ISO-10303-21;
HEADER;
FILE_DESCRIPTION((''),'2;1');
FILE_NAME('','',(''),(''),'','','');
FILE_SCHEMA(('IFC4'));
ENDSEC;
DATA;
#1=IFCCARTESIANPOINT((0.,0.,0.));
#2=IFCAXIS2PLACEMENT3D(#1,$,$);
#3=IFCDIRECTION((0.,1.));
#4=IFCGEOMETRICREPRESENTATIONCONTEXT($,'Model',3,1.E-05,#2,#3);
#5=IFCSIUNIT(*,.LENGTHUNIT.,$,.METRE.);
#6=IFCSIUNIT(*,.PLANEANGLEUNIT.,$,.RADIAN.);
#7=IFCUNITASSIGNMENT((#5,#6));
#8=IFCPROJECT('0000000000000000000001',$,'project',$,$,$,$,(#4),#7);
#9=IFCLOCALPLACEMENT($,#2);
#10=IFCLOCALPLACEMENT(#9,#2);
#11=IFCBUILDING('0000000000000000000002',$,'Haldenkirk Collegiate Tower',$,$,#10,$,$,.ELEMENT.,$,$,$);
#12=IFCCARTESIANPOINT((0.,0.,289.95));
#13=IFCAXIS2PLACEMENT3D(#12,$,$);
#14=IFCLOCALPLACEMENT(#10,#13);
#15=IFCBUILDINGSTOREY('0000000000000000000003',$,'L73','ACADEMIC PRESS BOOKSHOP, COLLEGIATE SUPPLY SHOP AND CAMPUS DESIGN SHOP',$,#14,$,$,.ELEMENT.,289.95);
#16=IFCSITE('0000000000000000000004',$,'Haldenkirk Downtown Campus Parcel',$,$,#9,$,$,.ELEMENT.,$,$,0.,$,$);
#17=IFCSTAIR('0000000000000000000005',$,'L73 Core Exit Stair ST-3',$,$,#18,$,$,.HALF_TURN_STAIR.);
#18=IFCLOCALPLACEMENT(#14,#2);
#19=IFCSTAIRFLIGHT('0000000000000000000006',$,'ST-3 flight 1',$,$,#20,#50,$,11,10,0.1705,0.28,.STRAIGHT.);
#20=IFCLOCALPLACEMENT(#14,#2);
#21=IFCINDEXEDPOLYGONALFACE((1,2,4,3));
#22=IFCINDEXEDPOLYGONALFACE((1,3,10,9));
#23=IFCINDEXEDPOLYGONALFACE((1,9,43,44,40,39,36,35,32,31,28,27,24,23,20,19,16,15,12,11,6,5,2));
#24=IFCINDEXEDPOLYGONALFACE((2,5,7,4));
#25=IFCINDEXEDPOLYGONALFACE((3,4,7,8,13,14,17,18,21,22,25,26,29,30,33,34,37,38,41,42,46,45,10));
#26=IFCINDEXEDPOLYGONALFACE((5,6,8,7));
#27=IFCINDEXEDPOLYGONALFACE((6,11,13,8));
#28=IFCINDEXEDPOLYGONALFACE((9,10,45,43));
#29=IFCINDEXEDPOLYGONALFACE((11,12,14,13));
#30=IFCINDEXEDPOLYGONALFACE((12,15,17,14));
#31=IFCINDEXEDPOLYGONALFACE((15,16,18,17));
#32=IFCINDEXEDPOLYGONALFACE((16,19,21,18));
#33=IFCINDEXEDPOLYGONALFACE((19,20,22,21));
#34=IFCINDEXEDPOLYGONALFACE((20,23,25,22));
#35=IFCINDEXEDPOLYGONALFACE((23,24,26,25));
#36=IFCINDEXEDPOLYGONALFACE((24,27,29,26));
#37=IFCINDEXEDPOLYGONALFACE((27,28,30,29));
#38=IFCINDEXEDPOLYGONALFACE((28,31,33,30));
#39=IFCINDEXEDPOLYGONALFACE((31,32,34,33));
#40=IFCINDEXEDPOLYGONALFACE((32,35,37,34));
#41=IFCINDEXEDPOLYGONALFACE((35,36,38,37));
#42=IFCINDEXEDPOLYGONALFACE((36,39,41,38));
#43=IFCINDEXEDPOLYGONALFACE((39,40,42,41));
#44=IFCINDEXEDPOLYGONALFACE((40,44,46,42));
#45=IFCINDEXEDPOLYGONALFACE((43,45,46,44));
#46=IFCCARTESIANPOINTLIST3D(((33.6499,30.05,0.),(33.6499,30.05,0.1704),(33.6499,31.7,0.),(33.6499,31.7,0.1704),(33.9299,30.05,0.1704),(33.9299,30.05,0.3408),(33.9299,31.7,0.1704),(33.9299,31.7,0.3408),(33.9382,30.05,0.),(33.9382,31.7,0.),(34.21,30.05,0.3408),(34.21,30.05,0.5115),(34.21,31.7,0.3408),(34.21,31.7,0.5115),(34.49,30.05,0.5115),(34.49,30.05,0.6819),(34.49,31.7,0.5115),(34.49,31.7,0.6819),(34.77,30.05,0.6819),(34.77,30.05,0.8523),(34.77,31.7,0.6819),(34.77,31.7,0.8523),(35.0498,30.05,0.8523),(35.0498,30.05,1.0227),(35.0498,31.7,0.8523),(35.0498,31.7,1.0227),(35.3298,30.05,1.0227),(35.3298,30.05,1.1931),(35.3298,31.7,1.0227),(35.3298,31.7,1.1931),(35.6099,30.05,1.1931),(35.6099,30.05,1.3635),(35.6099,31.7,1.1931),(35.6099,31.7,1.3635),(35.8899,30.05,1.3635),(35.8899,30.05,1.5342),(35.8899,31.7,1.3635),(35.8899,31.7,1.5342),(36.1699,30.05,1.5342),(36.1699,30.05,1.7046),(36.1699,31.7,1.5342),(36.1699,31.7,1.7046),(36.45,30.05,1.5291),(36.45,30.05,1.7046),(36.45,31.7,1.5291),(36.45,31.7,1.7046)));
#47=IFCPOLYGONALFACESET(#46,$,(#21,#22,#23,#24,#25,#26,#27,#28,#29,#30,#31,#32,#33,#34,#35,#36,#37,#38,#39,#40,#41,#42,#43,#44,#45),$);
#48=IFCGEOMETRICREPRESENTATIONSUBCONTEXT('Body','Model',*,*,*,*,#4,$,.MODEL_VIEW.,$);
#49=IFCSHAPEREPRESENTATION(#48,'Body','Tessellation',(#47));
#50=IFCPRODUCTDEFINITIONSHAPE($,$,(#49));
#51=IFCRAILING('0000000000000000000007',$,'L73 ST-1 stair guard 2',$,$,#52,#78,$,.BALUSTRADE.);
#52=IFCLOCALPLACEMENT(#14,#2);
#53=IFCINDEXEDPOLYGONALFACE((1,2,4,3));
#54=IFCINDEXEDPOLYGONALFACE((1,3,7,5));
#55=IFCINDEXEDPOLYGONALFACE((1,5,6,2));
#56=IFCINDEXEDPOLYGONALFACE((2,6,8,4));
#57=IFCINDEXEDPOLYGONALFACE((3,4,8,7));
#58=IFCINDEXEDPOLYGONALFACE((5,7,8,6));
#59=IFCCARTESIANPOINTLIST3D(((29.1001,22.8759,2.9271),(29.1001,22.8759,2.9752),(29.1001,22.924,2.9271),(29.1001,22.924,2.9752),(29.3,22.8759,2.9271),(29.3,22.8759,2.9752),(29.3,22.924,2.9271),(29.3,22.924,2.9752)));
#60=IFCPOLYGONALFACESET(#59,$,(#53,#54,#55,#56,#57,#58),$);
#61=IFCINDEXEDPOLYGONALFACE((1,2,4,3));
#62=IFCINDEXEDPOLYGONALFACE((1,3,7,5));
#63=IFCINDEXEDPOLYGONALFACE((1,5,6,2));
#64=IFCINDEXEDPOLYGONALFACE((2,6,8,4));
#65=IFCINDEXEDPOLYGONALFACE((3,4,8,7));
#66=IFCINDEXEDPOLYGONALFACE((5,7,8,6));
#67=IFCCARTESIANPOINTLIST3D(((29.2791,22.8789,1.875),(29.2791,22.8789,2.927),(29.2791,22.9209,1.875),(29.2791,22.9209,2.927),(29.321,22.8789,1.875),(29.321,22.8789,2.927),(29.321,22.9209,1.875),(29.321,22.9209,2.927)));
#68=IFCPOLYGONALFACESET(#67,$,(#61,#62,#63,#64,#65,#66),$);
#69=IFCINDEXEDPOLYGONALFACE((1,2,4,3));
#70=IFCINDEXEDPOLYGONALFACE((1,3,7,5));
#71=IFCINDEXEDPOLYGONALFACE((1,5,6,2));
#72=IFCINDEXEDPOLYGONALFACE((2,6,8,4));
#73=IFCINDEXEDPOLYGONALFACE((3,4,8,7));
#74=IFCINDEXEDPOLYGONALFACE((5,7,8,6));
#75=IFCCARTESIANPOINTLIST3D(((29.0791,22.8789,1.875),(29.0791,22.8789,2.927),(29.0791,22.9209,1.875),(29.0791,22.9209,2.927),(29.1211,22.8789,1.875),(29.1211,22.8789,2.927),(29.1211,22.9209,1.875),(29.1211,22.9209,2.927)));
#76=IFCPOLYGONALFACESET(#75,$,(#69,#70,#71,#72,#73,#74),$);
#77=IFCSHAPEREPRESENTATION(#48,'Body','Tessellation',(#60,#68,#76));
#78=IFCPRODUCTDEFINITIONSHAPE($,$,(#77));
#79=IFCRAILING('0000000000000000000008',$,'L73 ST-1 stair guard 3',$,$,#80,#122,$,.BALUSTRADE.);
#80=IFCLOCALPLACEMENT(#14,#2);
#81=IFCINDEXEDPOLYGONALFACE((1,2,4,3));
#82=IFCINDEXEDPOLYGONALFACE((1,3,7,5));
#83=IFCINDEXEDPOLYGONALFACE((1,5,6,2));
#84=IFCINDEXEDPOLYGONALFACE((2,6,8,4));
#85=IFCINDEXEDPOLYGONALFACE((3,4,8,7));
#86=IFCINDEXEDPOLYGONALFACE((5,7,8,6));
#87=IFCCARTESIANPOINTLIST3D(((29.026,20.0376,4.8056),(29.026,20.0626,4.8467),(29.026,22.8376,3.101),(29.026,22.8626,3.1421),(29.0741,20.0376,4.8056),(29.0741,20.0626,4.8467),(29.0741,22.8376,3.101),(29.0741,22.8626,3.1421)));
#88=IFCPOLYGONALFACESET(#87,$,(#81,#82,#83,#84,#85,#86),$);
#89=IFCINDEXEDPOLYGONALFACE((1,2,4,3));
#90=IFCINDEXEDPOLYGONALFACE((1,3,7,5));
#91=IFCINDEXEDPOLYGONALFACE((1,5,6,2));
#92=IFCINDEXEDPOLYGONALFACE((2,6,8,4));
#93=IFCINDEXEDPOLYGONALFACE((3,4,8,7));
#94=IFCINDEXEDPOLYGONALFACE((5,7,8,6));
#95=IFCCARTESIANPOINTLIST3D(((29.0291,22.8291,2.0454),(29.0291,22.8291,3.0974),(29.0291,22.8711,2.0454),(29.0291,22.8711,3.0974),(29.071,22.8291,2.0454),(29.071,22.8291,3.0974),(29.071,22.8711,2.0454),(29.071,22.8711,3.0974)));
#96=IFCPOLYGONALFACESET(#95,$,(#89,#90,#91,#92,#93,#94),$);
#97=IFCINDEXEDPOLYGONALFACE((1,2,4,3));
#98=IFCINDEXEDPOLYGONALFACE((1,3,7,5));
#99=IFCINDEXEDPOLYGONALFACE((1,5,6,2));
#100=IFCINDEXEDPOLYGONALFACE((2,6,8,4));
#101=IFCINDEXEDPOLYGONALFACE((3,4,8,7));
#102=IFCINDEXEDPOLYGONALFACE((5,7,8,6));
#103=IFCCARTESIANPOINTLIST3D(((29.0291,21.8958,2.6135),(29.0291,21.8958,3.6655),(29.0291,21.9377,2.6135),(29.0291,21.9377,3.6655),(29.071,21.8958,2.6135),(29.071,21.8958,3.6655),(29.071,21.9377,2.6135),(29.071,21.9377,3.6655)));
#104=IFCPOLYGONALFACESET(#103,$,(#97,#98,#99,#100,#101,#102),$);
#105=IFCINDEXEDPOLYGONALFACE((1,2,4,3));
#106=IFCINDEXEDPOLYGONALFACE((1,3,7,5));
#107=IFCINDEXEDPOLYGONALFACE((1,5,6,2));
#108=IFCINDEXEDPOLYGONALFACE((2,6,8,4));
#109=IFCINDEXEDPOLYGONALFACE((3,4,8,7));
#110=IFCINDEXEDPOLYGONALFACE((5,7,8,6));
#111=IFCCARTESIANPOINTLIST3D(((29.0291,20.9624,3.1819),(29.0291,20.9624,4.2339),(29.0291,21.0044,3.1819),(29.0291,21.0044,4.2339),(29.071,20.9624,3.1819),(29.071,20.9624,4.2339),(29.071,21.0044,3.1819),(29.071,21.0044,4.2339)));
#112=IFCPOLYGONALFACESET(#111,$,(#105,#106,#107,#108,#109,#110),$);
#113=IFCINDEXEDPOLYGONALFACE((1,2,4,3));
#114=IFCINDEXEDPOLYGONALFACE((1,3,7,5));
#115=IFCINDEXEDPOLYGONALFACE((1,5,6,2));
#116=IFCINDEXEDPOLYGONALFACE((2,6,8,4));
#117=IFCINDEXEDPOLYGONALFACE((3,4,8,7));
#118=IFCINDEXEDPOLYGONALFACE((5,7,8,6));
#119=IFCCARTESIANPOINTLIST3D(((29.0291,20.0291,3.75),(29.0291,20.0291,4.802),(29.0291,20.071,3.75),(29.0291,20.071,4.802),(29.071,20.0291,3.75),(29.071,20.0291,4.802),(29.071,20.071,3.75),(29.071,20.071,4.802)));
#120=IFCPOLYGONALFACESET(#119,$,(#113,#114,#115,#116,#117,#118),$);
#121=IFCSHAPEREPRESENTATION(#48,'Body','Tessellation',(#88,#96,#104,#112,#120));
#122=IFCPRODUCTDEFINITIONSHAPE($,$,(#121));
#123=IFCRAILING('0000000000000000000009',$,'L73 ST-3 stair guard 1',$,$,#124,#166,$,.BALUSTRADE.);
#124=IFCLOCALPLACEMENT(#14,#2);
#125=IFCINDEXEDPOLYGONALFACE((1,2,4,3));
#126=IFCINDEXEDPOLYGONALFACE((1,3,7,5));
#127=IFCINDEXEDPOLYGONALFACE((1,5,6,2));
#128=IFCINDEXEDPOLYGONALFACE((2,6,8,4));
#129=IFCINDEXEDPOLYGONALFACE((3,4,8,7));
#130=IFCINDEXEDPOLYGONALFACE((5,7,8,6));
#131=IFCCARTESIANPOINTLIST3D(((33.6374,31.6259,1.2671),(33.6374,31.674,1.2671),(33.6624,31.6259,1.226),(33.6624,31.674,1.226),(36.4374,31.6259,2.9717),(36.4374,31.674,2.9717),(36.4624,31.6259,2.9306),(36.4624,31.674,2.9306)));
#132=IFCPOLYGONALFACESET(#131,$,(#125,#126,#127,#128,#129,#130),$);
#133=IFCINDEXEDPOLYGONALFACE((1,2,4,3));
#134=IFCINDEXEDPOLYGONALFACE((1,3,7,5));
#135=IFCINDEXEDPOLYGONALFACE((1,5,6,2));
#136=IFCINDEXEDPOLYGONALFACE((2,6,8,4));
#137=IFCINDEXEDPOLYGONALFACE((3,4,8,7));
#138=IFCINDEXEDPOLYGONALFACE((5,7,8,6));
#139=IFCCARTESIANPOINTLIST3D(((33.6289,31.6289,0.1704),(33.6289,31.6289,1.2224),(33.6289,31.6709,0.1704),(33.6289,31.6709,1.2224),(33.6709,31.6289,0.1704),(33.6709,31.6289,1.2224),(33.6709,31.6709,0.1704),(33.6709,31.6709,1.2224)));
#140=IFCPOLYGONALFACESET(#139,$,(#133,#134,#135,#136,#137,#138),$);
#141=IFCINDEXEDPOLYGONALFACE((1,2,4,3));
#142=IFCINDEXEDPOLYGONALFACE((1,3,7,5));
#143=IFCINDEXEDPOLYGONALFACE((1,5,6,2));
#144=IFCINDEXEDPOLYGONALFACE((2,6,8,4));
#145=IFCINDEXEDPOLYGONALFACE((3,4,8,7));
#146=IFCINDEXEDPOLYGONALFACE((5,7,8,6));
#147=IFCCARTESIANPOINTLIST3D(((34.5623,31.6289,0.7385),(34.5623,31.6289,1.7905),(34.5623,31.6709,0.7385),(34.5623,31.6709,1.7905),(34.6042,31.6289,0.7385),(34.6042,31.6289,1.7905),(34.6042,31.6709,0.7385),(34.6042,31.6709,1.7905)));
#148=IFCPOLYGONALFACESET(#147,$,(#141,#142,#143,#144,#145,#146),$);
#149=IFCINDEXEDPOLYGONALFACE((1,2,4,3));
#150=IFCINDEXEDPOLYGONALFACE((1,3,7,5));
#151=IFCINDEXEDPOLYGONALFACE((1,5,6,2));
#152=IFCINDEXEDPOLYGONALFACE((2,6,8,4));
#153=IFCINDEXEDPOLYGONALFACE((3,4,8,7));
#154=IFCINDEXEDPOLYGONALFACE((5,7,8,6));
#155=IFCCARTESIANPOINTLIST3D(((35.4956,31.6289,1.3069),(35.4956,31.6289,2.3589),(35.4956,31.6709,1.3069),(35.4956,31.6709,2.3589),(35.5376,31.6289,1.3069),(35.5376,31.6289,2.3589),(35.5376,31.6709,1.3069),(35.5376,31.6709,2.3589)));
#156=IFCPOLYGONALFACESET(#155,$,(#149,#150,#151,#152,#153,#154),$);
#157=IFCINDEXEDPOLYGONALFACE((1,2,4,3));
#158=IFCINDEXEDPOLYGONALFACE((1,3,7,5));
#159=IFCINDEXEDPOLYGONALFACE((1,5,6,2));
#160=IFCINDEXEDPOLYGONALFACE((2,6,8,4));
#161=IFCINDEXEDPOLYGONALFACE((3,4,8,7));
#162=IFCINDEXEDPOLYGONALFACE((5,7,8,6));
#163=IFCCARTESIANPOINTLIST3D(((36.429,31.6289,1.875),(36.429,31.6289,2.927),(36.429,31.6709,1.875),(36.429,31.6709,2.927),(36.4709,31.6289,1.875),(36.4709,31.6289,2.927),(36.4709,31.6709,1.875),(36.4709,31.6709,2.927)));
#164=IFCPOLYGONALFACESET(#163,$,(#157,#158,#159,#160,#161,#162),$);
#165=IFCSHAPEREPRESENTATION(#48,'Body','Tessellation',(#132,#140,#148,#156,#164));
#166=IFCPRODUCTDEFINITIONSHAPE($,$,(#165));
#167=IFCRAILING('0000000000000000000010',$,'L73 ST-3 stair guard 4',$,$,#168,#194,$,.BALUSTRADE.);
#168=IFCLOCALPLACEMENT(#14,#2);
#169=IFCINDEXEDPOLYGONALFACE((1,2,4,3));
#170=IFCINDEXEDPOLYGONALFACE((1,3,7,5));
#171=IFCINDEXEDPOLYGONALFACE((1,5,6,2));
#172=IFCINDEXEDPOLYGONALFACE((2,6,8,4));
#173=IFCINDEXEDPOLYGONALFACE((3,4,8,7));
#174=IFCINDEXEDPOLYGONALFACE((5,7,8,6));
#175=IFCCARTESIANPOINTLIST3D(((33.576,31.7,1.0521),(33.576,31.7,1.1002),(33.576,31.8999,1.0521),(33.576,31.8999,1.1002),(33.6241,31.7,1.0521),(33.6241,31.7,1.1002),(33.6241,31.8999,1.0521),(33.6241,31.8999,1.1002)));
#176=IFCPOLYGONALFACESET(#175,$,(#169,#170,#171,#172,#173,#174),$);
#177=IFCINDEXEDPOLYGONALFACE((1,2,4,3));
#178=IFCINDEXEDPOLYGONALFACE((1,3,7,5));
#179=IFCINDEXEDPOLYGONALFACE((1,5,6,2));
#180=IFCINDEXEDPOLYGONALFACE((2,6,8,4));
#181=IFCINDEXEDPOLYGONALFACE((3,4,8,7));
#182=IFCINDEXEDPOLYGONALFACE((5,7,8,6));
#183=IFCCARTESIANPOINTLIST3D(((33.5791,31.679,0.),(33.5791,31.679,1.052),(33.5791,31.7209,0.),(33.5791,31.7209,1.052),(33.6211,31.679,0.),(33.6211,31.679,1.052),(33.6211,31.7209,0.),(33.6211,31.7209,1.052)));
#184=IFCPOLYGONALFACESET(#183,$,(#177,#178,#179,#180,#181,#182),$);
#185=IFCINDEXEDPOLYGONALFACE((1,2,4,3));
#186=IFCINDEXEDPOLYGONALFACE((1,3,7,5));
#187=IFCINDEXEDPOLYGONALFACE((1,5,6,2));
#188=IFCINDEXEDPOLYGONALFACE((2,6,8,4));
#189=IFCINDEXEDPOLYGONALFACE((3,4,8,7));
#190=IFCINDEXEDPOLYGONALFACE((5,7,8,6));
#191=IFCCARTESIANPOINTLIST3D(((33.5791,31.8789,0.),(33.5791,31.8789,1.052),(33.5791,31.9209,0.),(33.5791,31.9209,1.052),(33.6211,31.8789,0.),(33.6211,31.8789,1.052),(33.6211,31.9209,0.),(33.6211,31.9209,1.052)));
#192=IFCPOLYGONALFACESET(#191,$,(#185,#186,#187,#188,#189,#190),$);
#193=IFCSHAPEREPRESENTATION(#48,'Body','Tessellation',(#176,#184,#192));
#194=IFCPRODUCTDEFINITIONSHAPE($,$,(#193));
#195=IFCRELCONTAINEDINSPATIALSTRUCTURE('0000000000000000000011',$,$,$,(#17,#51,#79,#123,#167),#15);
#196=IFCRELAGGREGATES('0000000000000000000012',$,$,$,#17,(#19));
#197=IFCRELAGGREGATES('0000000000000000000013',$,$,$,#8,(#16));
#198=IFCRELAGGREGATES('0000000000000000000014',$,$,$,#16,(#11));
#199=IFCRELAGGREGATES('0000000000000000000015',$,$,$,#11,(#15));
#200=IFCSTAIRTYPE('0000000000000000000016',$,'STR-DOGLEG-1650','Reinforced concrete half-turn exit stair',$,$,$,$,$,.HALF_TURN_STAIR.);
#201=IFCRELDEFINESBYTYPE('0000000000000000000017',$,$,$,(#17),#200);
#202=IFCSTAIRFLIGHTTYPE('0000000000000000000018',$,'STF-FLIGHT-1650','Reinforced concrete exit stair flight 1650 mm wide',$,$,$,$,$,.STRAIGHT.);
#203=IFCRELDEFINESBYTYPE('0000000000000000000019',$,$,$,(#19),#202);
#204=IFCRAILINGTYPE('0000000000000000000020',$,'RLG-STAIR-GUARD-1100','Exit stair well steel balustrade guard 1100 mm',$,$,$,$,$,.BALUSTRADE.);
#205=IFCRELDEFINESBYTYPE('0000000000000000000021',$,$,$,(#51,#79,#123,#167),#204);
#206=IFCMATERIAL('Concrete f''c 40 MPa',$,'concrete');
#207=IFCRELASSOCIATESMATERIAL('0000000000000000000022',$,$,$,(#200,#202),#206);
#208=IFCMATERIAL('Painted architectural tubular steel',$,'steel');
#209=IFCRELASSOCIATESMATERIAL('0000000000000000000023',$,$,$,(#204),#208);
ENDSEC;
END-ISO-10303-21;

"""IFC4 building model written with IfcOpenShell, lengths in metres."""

from ifc_helpers import new_model, si_unit, direction, frame, origin, origin_2d, place, context, subcontext, project, spatial, polyline, rectangle, outline, extrude, material, type_object, element, aggregate, save


model = new_model("IFC4")

# Units and contexts
model_context = context("Model", 3, precision=1e-05, world=origin(), true_north=direction((0.0, 1.0)))
body_context = subcontext(model_context, "Body", "Model", "MODEL_VIEW")
ifc_project = project(units=[si_unit("LENGTHUNIT", "METRE"), si_unit("PLANEANGLEUNIT", "RADIAN")], contexts=[model_context])

# Site, building, storey
site_placement = place(None, origin())
site = spatial("IfcSite", under=ifc_project, at=site_placement, Name="Haldenkirk Downtown Campus Parcel", CompositionType="ELEMENT", RefElevation=0.0)
building_placement = place(site_placement, origin())
building = spatial("IfcBuilding", under=site, at=building_placement, Name="Haldenkirk Collegiate Tower", CompositionType="ELEMENT")
storey_placement = place(building_placement, frame((0.0, 0.0, 289.95)))
storey = spatial("IfcBuildingStorey", under=building, at=storey_placement, Name="L73", Description="ACADEMIC PRESS BOOKSHOP, COLLEGIATE SUPPLY SHOP AND CAMPUS DESIGN SHOP", CompositionType="ELEMENT", Elevation=289.95)

# Stair, stair flight
ifc_material_1 = material(Name="Concrete f'c 40 MPa", Category="concrete")
stair_type = type_object("IfcStairType", Name="STR-DOGLEG-1650", Description="Reinforced concrete half-turn exit stair", PredefinedType="HALF_TURN_STAIR", material=ifc_material_1)
stair_flight_type = type_object("IfcStairFlightType", Name="STF-FLIGHT-1650", Description="Reinforced concrete exit stair flight 1650 mm wide", PredefinedType="STRAIGHT", material=ifc_material_1)
stair_1_placement = place(storey_placement, origin())
stair_1 = element("IfcStair", 1, at=stair_1_placement, inside=storey, type_object=stair_type, Name="L73 Core Exit Stair ST-3", PredefinedType="HALF_TURN_STAIR")
stair_flight_1_placement = place(storey_placement, frame((33.6499, 30.875, 0.0), z_axis=(0.0, 0.0, 1.0), x_axis=(1.0, 0.0, 0.0)))
stair_flight_1 = element("IfcStairFlight", 2, at=stair_flight_1_placement, type_object=stair_flight_type, Name="ST-3 flight 1", NumberOfRisers=11, NumberOfTreads=10, PredefinedType="STRAIGHT", RiserHeight=0.1705, TreadLength=0.28, context=body_context, shape_type="SweptSolid", body=[
    extrude(outline(polyline([(0.0, 0.0), (0.0, 0.1704), (0.28, 0.1704), (0.28, 0.3408), (0.5601, 0.3408), (0.5601, 0.5115), (0.8401, 0.5115), (0.8401, 0.6819), (1.1201, 0.6819), (1.1201, 0.8523), (1.3999, 0.8523), (1.3999, 1.0227), (1.6799, 1.0227), (1.6799, 1.1931), (1.96, 1.1931), (1.96, 1.3635), (2.24, 1.3635), (2.24, 1.5342), (2.52, 1.5342), (2.52, 1.7046), (2.8, 1.7046), (2.8, 1.875), (2.8, 1.5291), (0.2883, 0.0), (0.0, 0.0)])), frame((0.0, 0.825, 0.0), z_axis=(0.0, -1.0, 0.0), x_axis=(1.0, 0.0, 0.0)), (0.0, 0.0, 1.0), 1.6499),
])
aggregate(stair_1, [stair_flight_1])

# Railings
ifc_material_2 = material(Name="Painted architectural tubular steel", Category="steel")
railing_type_1 = type_object("IfcRailingType", Name="RLG-STAIR-GUARD-1100", Description="Exit stair well steel balustrade guard 1100 mm", PredefinedType="BALUSTRADE", material=ifc_material_2)
railing_1_placement = place(storey_placement, frame((29.3, 22.8999, 1.875)))
element("IfcRailing", 3, at=railing_1_placement, inside=storey, type_object=railing_type_1, Name="L73 ST-1 stair guard 2", PredefinedType="BALUSTRADE", context=body_context, shape_type="SweptSolid", body=[
    extrude(rectangle(XDim=0.0481, YDim=0.0481, at=origin_2d()), frame((0.0, 0.0, 1.0762), z_axis=(-1.0, 0.0, 0.0), x_axis=(0.0, -1.0, 0.0)), (0.0, 0.0, 1.0), 0.2),
    extrude(rectangle(XDim=0.042, YDim=0.042, at=origin_2d()), origin(), (0.0, 0.0, 1.0), 1.052),
    extrude(rectangle(XDim=0.042, YDim=0.042, at=origin_2d()), frame((-0.2, 0.0, 0.0)), (0.0, 0.0, 1.0), 1.052),
])
railing_2_placement = place(storey_placement, frame((29.05, 22.8501, 2.0454)))
element("IfcRailing", 4, at=railing_2_placement, inside=storey, type_object=railing_type_1, Name="L73 ST-1 stair guard 3", PredefinedType="BALUSTRADE", context=body_context, shape_type="SweptSolid", body=[
    extrude(rectangle(XDim=0.0481, YDim=0.0481, at=origin_2d()), frame((0.0, 0.0, 1.0762), z_axis=(0.0, -0.85417, 0.519994), x_axis=(1.0, 0.0, 0.0)), (0.0, 0.0, 1.0), 3.2781),
    extrude(rectangle(XDim=0.042, YDim=0.042, at=origin_2d()), origin(), (0.0, 0.0, 1.0), 1.052),
    extrude(rectangle(XDim=0.042, YDim=0.042, at=origin_2d()), frame((0.0, -0.9333, 0.5681)), (0.0, 0.0, 1.0), 1.052),
    extrude(rectangle(XDim=0.042, YDim=0.042, at=origin_2d()), frame((0.0, -1.8667, 1.1365)), (0.0, 0.0, 1.0), 1.052),
    extrude(rectangle(XDim=0.042, YDim=0.042, at=origin_2d()), frame((0.0, -2.8, 1.7046)), (0.0, 0.0, 1.0), 1.052),
])
railing_3_placement = place(storey_placement, frame((33.6499, 31.6499, 0.1704)))
element("IfcRailing", 5, at=railing_3_placement, inside=storey, type_object=railing_type_1, Name="L73 ST-3 stair guard 1", PredefinedType="BALUSTRADE", context=body_context, shape_type="SweptSolid", body=[
    extrude(rectangle(XDim=0.0481, YDim=0.0481, at=origin_2d()), frame((0.0, 0.0, 1.0762), z_axis=(0.85417, 0.0, 0.519994), x_axis=(0.0, 1.0, 0.0)), (0.0, 0.0, 1.0), 3.2781),
    extrude(rectangle(XDim=0.042, YDim=0.042, at=origin_2d()), origin(), (0.0, 0.0, 1.0), 1.052),
    extrude(rectangle(XDim=0.042, YDim=0.042, at=origin_2d()), frame((0.9333, 0.0, 0.5681)), (0.0, 0.0, 1.0), 1.052),
    extrude(rectangle(XDim=0.042, YDim=0.042, at=origin_2d()), frame((1.8667, 0.0, 1.1365)), (0.0, 0.0, 1.0), 1.052),
    extrude(rectangle(XDim=0.042, YDim=0.042, at=origin_2d()), frame((2.8, 0.0, 1.7046)), (0.0, 0.0, 1.0), 1.052),
])
railing_4_placement = place(storey_placement, frame((33.6001, 31.7, 0.0)))
element("IfcRailing", 6, at=railing_4_placement, inside=storey, type_object=railing_type_1, Name="L73 ST-3 stair guard 4", PredefinedType="BALUSTRADE", context=body_context, shape_type="SweptSolid", body=[
    extrude(rectangle(XDim=0.0481, YDim=0.0481, at=origin_2d()), frame((0.0, 0.0, 1.0762), z_axis=(0.0, 1.0, 0.0), x_axis=(-1.0, 0.0, 0.0)), (0.0, 0.0, 1.0), 0.2),
    extrude(rectangle(XDim=0.042, YDim=0.042, at=origin_2d()), origin(), (0.0, 0.0, 1.0), 1.052),
    extrude(rectangle(XDim=0.042, YDim=0.042, at=origin_2d()), frame((0.0, 0.2, 0.0)), (0.0, 0.0, 1.0), 1.052),
])

save(model, "model.ifc")
